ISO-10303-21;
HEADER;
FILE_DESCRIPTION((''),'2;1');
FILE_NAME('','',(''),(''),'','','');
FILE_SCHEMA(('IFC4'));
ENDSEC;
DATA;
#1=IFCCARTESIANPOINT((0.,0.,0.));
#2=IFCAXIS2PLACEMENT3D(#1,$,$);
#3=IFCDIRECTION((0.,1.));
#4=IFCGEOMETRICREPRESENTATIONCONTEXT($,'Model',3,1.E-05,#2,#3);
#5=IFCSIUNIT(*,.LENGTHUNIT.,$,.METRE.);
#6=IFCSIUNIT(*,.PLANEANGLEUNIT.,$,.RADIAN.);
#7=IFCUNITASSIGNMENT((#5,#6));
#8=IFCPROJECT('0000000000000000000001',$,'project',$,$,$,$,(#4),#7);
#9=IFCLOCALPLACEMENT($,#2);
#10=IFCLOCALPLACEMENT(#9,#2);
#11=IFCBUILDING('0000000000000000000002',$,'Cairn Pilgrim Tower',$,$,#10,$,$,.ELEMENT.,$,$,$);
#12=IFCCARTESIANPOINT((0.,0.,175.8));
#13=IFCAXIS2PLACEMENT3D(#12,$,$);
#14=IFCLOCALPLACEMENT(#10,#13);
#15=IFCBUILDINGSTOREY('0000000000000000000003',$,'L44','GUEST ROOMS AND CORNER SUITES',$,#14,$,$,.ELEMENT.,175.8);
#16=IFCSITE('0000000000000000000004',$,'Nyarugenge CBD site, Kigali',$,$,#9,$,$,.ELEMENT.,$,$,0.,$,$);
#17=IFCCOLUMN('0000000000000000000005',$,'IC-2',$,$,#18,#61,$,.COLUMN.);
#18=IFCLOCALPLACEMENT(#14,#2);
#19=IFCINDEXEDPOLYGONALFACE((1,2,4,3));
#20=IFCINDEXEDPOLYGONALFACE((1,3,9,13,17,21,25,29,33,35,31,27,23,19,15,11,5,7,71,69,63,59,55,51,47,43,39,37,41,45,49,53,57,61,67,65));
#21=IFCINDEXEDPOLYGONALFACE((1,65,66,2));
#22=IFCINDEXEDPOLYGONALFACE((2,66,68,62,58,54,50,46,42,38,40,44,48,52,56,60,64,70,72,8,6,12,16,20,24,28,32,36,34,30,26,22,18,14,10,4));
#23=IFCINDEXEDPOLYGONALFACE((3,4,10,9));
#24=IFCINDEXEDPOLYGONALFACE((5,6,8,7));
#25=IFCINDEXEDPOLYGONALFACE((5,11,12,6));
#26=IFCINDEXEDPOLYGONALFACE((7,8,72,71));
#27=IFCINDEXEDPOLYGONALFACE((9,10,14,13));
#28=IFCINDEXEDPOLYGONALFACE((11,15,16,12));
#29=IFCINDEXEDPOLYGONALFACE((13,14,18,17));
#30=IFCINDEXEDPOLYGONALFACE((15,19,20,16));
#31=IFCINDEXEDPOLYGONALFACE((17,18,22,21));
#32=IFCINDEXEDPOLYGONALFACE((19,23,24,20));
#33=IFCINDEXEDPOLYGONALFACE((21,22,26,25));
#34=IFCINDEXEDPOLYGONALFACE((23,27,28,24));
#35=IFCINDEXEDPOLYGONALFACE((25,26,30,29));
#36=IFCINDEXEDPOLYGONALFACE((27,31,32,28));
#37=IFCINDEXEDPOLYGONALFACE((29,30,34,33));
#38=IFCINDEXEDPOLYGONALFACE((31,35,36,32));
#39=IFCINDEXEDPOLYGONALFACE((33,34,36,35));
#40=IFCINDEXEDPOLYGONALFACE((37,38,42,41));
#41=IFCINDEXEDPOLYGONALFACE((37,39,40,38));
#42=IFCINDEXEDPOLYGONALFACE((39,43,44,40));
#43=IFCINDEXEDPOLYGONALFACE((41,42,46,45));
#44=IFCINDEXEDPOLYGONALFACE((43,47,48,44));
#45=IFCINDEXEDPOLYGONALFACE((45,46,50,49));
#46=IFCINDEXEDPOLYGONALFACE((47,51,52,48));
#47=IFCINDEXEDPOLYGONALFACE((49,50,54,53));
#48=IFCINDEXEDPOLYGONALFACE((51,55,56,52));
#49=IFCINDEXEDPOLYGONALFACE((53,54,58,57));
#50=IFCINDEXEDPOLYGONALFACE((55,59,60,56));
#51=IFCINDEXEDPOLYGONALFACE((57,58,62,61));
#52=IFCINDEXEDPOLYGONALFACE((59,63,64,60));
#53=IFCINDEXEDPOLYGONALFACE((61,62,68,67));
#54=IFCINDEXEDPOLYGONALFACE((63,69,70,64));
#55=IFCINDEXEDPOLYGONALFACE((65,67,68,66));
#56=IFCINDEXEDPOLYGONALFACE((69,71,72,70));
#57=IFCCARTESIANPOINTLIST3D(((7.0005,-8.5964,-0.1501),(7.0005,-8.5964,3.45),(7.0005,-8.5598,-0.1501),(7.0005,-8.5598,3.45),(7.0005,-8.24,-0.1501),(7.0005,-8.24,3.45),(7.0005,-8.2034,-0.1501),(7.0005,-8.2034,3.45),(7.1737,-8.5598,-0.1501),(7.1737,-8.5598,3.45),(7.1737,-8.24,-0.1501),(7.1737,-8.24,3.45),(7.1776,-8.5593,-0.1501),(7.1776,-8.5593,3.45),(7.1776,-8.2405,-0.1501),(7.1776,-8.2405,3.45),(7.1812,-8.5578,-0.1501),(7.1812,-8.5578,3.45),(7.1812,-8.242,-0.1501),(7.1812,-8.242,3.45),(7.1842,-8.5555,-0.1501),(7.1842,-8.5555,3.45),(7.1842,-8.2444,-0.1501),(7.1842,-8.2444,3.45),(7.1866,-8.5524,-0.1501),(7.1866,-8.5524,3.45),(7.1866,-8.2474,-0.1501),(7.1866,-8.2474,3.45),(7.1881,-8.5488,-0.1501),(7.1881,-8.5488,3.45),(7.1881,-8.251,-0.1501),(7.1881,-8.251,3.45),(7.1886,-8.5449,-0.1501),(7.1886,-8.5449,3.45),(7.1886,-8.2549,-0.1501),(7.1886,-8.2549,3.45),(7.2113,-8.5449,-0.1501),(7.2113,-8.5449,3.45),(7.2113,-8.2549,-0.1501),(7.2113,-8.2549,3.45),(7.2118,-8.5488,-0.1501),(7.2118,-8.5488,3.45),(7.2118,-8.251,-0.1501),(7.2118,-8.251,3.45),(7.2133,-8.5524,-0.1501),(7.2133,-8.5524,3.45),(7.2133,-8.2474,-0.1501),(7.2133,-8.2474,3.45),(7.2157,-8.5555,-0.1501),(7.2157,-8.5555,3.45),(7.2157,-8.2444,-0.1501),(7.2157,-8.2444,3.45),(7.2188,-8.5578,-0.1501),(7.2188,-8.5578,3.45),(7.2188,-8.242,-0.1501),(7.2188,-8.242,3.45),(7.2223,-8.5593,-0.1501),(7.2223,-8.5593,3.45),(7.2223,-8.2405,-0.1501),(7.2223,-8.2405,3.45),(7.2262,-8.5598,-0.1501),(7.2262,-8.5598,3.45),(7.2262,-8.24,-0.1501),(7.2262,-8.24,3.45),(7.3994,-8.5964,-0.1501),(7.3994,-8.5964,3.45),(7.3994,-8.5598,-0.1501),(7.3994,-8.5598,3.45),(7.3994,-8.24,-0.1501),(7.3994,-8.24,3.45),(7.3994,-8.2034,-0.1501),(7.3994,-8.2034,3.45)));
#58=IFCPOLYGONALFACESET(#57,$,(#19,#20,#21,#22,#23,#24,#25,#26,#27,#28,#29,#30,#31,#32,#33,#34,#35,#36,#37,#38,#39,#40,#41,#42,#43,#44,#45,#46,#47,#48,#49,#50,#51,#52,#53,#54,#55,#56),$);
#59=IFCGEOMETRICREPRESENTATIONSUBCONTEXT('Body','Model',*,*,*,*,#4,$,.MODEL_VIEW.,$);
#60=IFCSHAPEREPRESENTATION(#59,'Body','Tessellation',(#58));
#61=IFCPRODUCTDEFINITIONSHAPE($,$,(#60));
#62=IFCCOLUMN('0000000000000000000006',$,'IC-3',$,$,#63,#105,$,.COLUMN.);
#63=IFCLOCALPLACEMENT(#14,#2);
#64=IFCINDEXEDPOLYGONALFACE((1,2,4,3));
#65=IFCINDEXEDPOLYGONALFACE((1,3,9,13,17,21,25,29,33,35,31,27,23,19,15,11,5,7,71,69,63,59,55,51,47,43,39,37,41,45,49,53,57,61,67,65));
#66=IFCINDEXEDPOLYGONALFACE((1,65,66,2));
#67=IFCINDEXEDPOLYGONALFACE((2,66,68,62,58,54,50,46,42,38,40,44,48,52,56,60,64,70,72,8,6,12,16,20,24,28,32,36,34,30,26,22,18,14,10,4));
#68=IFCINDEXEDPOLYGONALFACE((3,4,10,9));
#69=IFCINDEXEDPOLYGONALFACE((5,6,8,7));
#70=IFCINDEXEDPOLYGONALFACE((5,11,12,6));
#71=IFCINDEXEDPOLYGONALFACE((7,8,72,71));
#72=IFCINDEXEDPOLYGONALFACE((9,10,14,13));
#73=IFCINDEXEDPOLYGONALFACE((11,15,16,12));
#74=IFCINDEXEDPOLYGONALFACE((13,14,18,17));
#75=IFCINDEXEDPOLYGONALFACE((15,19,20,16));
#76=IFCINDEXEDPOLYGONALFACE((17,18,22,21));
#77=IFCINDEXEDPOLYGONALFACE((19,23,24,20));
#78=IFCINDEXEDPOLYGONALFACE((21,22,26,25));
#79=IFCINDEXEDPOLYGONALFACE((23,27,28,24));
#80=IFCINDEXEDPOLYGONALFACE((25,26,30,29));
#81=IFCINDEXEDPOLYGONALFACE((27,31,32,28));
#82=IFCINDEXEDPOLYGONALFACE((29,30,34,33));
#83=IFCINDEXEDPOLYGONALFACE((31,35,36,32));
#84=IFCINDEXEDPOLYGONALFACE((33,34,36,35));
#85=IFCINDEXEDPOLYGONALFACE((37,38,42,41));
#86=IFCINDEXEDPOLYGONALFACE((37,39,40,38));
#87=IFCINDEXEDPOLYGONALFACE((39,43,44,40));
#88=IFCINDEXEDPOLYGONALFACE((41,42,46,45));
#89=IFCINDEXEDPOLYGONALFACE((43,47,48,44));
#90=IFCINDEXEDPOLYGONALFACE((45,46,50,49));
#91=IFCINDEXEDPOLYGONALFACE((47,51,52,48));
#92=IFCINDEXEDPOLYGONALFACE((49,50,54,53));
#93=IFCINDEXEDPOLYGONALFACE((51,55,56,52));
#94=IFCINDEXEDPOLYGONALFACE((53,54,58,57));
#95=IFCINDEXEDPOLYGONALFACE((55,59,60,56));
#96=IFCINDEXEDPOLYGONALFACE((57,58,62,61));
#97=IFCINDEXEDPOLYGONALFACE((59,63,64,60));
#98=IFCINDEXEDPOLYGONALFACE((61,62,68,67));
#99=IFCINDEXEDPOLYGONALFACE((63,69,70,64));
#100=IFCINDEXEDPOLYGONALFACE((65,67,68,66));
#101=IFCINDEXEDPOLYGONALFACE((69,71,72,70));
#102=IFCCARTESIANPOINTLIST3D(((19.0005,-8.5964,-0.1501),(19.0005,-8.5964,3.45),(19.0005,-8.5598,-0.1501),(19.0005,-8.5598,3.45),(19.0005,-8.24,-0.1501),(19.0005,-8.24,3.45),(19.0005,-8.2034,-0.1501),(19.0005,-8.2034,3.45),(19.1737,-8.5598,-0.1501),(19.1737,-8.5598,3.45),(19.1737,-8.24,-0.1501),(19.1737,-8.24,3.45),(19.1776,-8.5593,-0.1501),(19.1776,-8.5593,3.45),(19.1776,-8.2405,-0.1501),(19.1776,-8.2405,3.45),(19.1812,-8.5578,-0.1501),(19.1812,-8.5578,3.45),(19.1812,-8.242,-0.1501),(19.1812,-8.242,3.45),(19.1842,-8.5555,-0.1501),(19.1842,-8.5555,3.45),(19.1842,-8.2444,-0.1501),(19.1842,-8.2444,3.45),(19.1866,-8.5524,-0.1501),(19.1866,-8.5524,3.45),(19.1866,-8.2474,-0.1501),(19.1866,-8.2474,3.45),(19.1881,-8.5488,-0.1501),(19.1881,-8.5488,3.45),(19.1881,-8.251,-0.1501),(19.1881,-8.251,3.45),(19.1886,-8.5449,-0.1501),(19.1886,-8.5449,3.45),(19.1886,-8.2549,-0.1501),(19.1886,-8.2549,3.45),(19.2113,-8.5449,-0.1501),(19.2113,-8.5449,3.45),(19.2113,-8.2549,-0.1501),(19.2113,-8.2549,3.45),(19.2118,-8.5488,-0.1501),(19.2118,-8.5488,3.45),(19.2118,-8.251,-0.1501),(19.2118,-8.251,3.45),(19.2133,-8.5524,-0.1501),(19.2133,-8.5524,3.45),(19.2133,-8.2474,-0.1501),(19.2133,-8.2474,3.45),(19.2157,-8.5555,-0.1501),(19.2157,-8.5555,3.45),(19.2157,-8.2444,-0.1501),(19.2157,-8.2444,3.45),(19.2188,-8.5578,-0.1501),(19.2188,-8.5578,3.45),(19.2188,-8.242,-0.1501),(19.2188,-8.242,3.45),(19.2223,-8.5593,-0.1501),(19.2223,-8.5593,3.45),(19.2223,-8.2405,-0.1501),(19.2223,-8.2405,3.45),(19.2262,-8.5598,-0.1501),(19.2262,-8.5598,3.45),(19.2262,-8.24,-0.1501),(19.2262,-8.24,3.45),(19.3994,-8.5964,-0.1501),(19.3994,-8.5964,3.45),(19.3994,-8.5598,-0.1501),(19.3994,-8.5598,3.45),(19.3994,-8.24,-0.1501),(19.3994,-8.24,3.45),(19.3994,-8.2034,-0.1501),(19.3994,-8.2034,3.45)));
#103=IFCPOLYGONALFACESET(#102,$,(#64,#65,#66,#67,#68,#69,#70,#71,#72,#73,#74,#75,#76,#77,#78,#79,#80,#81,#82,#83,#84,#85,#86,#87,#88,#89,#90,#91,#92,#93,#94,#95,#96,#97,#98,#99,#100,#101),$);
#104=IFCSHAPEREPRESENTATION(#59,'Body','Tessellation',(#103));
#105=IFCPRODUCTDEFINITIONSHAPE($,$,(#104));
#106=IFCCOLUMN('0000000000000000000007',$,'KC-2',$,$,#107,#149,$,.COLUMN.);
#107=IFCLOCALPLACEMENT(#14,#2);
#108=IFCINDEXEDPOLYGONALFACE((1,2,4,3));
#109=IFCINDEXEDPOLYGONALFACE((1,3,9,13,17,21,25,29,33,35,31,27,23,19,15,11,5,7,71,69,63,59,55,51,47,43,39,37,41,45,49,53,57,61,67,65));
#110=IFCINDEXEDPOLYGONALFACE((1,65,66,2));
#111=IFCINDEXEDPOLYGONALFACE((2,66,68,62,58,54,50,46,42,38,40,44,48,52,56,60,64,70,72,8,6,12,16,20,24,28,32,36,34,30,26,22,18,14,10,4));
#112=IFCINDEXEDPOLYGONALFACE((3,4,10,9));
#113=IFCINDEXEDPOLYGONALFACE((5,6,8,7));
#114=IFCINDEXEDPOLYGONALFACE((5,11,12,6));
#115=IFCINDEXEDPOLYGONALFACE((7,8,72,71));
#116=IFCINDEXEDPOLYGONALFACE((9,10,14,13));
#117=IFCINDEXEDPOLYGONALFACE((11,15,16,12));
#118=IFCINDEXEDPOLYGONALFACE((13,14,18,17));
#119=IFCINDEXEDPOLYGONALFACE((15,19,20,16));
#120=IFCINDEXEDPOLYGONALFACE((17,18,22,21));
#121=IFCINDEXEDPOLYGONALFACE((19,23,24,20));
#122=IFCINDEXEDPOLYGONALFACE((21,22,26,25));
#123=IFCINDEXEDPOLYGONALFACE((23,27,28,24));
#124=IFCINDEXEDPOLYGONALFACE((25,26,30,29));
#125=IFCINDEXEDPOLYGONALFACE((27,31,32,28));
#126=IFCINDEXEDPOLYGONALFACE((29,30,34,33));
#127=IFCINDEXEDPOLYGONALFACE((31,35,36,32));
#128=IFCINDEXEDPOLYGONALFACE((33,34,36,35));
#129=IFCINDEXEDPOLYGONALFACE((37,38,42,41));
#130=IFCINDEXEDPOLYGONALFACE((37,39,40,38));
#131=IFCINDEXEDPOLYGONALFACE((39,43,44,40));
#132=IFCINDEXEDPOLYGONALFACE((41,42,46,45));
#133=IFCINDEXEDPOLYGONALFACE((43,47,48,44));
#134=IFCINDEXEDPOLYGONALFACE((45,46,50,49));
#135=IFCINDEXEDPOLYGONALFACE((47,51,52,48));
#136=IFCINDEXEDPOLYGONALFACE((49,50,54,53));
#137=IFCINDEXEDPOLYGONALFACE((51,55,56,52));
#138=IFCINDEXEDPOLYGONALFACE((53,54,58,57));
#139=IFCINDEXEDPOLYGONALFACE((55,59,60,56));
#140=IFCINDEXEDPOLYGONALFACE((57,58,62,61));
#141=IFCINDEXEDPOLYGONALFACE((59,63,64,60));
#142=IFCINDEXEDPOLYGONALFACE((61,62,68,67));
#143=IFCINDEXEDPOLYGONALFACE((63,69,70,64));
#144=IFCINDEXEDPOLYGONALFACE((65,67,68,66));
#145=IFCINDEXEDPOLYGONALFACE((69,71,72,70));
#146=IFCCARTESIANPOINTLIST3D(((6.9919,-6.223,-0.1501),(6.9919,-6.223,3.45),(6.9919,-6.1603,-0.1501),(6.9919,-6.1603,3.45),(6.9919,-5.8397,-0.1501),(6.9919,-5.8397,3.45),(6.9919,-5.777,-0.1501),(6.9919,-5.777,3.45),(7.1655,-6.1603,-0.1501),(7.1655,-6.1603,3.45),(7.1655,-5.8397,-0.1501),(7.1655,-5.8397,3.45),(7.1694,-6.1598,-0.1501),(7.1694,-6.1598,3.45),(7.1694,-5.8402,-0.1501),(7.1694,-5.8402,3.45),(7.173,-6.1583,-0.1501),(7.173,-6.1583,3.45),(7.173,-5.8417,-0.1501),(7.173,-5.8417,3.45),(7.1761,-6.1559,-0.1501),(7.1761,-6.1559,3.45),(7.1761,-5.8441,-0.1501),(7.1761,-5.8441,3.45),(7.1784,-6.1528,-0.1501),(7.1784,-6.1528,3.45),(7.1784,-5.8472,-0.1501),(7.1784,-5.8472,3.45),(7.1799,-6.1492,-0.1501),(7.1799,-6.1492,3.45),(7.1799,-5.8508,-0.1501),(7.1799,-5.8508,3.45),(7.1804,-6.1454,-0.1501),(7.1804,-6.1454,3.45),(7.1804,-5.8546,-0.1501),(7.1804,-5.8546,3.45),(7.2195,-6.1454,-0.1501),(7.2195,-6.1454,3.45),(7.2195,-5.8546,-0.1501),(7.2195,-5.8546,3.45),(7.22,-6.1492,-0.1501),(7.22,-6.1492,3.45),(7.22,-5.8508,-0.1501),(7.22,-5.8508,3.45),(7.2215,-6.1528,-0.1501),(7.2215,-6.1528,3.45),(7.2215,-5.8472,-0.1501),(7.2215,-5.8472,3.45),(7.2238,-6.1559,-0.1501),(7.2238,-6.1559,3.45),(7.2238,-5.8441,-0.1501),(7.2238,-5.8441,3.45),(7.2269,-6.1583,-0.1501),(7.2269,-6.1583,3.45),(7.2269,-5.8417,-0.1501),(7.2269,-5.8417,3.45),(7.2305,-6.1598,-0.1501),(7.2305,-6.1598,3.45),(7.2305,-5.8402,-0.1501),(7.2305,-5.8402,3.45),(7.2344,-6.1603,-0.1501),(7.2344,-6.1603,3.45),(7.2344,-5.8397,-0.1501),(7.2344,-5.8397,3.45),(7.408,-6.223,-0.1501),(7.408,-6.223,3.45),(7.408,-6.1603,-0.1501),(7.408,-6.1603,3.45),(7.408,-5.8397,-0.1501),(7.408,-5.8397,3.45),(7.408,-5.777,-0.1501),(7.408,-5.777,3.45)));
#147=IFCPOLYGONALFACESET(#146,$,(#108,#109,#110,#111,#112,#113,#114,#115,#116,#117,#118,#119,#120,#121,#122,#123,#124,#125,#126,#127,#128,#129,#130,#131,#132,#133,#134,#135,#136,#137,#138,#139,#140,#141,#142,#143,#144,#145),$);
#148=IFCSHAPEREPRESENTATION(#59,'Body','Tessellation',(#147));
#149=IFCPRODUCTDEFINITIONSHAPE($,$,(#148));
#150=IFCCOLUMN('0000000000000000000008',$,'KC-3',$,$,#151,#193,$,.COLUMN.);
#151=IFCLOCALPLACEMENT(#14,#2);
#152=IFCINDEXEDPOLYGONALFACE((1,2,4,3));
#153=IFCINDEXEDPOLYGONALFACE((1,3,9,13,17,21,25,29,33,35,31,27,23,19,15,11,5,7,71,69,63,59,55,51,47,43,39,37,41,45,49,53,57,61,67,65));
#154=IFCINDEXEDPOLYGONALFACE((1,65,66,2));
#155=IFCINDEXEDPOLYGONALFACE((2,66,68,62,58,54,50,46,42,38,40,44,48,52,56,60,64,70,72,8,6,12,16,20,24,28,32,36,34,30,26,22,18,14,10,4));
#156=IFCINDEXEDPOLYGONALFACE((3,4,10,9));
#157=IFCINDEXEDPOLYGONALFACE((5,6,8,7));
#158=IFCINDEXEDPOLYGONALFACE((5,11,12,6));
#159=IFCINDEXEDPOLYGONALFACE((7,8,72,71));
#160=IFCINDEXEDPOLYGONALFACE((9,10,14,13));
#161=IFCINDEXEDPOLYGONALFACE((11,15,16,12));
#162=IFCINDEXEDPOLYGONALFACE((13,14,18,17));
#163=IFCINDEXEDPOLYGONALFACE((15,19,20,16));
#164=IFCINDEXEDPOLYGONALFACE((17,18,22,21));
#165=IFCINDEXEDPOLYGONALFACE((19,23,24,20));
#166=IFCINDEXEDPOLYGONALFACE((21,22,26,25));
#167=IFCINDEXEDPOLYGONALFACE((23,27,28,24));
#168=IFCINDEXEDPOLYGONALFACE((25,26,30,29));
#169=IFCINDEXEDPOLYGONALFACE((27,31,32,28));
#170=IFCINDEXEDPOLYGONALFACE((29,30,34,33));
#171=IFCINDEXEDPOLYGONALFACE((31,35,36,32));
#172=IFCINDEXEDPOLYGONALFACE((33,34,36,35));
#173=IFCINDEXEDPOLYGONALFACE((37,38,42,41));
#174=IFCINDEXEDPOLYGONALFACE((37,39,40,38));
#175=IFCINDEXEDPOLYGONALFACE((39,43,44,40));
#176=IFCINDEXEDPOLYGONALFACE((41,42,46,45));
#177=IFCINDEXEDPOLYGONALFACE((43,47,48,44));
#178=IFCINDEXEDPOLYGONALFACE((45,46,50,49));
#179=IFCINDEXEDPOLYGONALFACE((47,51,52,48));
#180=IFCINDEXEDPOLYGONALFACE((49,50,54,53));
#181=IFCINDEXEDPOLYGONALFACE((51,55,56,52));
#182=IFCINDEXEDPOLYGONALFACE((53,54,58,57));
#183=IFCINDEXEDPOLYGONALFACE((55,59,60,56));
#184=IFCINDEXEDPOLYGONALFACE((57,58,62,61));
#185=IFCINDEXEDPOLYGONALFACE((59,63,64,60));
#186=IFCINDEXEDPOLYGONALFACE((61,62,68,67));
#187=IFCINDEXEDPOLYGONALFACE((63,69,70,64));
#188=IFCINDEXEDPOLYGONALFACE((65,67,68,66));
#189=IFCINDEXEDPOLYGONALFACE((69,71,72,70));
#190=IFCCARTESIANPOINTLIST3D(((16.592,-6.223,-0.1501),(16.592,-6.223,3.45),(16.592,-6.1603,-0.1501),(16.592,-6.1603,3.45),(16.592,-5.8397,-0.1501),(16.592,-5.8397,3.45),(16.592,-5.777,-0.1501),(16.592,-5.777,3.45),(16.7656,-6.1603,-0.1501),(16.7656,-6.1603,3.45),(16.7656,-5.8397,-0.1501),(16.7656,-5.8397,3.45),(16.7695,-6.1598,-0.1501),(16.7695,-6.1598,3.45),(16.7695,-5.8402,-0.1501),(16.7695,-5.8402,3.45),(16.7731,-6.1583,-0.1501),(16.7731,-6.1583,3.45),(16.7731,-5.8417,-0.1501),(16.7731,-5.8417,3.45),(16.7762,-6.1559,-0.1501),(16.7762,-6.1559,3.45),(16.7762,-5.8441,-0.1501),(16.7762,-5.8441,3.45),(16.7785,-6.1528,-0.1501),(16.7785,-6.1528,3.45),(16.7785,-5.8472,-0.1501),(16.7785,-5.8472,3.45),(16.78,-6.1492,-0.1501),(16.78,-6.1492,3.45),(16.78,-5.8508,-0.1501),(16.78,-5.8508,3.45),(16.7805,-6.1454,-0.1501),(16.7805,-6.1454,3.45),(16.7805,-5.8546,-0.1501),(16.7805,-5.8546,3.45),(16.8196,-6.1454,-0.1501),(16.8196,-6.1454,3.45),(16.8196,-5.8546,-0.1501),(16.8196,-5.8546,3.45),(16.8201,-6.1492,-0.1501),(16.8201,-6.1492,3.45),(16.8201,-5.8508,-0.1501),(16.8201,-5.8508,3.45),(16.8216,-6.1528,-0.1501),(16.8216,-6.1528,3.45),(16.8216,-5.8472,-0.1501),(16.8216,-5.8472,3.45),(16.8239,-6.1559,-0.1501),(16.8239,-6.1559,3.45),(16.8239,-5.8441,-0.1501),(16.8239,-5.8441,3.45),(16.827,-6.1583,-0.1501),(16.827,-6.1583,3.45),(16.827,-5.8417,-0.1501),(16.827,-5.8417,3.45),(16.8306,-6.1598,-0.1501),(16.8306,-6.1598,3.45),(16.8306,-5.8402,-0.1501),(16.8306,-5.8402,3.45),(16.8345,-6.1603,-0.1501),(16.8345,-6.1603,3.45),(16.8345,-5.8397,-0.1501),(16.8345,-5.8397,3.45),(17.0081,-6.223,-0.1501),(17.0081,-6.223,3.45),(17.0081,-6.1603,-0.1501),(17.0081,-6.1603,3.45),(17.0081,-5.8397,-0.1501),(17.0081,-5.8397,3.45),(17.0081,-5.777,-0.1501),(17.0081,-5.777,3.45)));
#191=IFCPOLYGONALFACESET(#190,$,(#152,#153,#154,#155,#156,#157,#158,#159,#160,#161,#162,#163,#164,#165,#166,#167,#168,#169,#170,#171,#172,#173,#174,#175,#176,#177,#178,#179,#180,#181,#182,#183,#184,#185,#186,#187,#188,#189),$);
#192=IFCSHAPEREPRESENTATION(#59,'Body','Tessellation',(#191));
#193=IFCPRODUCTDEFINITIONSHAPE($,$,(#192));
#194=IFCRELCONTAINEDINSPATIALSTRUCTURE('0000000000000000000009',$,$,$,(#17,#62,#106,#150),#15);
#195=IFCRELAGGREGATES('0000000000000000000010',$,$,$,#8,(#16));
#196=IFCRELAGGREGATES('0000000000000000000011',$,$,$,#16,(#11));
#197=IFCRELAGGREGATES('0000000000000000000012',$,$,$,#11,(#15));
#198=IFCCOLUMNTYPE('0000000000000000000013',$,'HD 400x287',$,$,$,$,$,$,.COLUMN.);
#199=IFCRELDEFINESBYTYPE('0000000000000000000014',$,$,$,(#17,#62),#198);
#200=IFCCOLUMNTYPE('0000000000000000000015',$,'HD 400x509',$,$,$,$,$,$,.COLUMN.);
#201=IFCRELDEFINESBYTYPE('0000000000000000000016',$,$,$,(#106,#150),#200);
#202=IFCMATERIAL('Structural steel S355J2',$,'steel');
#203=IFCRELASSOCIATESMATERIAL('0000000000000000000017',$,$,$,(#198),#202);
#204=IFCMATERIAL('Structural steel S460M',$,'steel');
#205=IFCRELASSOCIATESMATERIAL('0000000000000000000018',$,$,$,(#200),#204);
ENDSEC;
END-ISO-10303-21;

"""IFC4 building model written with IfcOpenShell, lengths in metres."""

from ifc_helpers import new_model, si_unit, direction, frame, origin, origin_2d, place, context, subcontext, project, spatial, i_section, extrude, material, material_profile, profile_set, type_object, element, save


model = new_model("IFC4")

# Units and contexts
model_context = context("Model", 3, precision=1e-05, world=origin(), true_north=direction((0.0, 1.0)))
body_context = subcontext(model_context, "Body", "Model", "MODEL_VIEW")
ifc_project = project(units=[si_unit("LENGTHUNIT", "METRE"), si_unit("PLANEANGLEUNIT", "RADIAN")], contexts=[model_context])

# Site, building, storey
site_placement = place(None, origin())
site = spatial("IfcSite", under=ifc_project, at=site_placement, Name="Nyarugenge CBD site, Kigali", CompositionType="ELEMENT", RefElevation=0.0)
building_placement = place(site_placement, origin())
building = spatial("IfcBuilding", under=site, at=building_placement, Name="Cairn Pilgrim Tower", CompositionType="ELEMENT")
storey_placement = place(building_placement, frame((0.0, 0.0, 175.8)))
storey = spatial("IfcBuildingStorey", under=building, at=storey_placement, Name="L44", Description="GUEST ROOMS AND CORNER SUITES", CompositionType="ELEMENT", Elevation=175.8)

# Columns
ifc_material_1 = material(Name="Structural steel S355J2", Category="steel")
ifc_material_profile_1 = material_profile(ifc_material_1, i_section(OverallWidth=0.3989, OverallDepth=0.3931, WebThickness=0.0227, FlangeThickness=0.0366, FilletRadius=0.0149, at=origin_2d()), Name="HD 400x287")
ifc_profile_set_1 = profile_set([ifc_material_profile_1], Name="Structural steel S355J2")
column_type_1 = type_object("IfcColumnType", Name="HD 400x287", PredefinedType="COLUMN", material=ifc_profile_set_1)
for number, where, z_axis, x_axis, name in (
    (1, (7.2, -8.3999, -0.1501), (0.0, 0.0, 1.0), (1.0, 0.0, 0.0), "IC-2"),
    (2, (19.2, -8.3999, -0.1501), (0.0, 0.0, 1.0), (1.0, 0.0, 0.0), "IC-3"),
):
    element("IfcColumn", number, at=place(storey_placement, frame(where, z_axis=z_axis, x_axis=x_axis)), inside=storey, type_object=column_type_1, Name=name, PredefinedType="COLUMN", context=body_context, shape_type="SweptSolid", body=[
        extrude(i_section(OverallWidth=0.3989, OverallDepth=0.3931, WebThickness=0.0227, FlangeThickness=0.0366, FilletRadius=0.0149, at=origin_2d()), origin(), (0.0, 0.0, 1.0), 3.6001),
    ])
ifc_material_2 = material(Name="Structural steel S460M", Category="steel")
ifc_material_profile_2 = material_profile(ifc_material_2, i_section(OverallWidth=0.416, OverallDepth=0.446, WebThickness=0.0391, FlangeThickness=0.0627, FilletRadius=0.0149, at=origin_2d()), Name="HD 400x509")
ifc_profile_set_2 = profile_set([ifc_material_profile_2], Name="Structural steel S460M")
column_type_2 = type_object("IfcColumnType", Name="HD 400x509", PredefinedType="COLUMN", material=ifc_profile_set_2)
for number, where, z_axis, x_axis, name in (
    (3, (7.2, -6.0, -0.1501), (0.0, 0.0, 1.0), (1.0, 0.0, 0.0), "KC-2"),
    (4, (16.8, -6.0, -0.1501), (0.0, 0.0, 1.0), (1.0, 0.0, 0.0), "KC-3"),
):
    element("IfcColumn", number, at=place(storey_placement, frame(where, z_axis=z_axis, x_axis=x_axis)), inside=storey, type_object=column_type_2, Name=name, PredefinedType="COLUMN", context=body_context, shape_type="SweptSolid", body=[
        extrude(i_section(OverallWidth=0.416, OverallDepth=0.446, WebThickness=0.0391, FlangeThickness=0.0627, FilletRadius=0.0149, at=origin_2d()), origin(), (0.0, 0.0, 1.0), 3.6001),
    ])

save(model, "model.ifc")
